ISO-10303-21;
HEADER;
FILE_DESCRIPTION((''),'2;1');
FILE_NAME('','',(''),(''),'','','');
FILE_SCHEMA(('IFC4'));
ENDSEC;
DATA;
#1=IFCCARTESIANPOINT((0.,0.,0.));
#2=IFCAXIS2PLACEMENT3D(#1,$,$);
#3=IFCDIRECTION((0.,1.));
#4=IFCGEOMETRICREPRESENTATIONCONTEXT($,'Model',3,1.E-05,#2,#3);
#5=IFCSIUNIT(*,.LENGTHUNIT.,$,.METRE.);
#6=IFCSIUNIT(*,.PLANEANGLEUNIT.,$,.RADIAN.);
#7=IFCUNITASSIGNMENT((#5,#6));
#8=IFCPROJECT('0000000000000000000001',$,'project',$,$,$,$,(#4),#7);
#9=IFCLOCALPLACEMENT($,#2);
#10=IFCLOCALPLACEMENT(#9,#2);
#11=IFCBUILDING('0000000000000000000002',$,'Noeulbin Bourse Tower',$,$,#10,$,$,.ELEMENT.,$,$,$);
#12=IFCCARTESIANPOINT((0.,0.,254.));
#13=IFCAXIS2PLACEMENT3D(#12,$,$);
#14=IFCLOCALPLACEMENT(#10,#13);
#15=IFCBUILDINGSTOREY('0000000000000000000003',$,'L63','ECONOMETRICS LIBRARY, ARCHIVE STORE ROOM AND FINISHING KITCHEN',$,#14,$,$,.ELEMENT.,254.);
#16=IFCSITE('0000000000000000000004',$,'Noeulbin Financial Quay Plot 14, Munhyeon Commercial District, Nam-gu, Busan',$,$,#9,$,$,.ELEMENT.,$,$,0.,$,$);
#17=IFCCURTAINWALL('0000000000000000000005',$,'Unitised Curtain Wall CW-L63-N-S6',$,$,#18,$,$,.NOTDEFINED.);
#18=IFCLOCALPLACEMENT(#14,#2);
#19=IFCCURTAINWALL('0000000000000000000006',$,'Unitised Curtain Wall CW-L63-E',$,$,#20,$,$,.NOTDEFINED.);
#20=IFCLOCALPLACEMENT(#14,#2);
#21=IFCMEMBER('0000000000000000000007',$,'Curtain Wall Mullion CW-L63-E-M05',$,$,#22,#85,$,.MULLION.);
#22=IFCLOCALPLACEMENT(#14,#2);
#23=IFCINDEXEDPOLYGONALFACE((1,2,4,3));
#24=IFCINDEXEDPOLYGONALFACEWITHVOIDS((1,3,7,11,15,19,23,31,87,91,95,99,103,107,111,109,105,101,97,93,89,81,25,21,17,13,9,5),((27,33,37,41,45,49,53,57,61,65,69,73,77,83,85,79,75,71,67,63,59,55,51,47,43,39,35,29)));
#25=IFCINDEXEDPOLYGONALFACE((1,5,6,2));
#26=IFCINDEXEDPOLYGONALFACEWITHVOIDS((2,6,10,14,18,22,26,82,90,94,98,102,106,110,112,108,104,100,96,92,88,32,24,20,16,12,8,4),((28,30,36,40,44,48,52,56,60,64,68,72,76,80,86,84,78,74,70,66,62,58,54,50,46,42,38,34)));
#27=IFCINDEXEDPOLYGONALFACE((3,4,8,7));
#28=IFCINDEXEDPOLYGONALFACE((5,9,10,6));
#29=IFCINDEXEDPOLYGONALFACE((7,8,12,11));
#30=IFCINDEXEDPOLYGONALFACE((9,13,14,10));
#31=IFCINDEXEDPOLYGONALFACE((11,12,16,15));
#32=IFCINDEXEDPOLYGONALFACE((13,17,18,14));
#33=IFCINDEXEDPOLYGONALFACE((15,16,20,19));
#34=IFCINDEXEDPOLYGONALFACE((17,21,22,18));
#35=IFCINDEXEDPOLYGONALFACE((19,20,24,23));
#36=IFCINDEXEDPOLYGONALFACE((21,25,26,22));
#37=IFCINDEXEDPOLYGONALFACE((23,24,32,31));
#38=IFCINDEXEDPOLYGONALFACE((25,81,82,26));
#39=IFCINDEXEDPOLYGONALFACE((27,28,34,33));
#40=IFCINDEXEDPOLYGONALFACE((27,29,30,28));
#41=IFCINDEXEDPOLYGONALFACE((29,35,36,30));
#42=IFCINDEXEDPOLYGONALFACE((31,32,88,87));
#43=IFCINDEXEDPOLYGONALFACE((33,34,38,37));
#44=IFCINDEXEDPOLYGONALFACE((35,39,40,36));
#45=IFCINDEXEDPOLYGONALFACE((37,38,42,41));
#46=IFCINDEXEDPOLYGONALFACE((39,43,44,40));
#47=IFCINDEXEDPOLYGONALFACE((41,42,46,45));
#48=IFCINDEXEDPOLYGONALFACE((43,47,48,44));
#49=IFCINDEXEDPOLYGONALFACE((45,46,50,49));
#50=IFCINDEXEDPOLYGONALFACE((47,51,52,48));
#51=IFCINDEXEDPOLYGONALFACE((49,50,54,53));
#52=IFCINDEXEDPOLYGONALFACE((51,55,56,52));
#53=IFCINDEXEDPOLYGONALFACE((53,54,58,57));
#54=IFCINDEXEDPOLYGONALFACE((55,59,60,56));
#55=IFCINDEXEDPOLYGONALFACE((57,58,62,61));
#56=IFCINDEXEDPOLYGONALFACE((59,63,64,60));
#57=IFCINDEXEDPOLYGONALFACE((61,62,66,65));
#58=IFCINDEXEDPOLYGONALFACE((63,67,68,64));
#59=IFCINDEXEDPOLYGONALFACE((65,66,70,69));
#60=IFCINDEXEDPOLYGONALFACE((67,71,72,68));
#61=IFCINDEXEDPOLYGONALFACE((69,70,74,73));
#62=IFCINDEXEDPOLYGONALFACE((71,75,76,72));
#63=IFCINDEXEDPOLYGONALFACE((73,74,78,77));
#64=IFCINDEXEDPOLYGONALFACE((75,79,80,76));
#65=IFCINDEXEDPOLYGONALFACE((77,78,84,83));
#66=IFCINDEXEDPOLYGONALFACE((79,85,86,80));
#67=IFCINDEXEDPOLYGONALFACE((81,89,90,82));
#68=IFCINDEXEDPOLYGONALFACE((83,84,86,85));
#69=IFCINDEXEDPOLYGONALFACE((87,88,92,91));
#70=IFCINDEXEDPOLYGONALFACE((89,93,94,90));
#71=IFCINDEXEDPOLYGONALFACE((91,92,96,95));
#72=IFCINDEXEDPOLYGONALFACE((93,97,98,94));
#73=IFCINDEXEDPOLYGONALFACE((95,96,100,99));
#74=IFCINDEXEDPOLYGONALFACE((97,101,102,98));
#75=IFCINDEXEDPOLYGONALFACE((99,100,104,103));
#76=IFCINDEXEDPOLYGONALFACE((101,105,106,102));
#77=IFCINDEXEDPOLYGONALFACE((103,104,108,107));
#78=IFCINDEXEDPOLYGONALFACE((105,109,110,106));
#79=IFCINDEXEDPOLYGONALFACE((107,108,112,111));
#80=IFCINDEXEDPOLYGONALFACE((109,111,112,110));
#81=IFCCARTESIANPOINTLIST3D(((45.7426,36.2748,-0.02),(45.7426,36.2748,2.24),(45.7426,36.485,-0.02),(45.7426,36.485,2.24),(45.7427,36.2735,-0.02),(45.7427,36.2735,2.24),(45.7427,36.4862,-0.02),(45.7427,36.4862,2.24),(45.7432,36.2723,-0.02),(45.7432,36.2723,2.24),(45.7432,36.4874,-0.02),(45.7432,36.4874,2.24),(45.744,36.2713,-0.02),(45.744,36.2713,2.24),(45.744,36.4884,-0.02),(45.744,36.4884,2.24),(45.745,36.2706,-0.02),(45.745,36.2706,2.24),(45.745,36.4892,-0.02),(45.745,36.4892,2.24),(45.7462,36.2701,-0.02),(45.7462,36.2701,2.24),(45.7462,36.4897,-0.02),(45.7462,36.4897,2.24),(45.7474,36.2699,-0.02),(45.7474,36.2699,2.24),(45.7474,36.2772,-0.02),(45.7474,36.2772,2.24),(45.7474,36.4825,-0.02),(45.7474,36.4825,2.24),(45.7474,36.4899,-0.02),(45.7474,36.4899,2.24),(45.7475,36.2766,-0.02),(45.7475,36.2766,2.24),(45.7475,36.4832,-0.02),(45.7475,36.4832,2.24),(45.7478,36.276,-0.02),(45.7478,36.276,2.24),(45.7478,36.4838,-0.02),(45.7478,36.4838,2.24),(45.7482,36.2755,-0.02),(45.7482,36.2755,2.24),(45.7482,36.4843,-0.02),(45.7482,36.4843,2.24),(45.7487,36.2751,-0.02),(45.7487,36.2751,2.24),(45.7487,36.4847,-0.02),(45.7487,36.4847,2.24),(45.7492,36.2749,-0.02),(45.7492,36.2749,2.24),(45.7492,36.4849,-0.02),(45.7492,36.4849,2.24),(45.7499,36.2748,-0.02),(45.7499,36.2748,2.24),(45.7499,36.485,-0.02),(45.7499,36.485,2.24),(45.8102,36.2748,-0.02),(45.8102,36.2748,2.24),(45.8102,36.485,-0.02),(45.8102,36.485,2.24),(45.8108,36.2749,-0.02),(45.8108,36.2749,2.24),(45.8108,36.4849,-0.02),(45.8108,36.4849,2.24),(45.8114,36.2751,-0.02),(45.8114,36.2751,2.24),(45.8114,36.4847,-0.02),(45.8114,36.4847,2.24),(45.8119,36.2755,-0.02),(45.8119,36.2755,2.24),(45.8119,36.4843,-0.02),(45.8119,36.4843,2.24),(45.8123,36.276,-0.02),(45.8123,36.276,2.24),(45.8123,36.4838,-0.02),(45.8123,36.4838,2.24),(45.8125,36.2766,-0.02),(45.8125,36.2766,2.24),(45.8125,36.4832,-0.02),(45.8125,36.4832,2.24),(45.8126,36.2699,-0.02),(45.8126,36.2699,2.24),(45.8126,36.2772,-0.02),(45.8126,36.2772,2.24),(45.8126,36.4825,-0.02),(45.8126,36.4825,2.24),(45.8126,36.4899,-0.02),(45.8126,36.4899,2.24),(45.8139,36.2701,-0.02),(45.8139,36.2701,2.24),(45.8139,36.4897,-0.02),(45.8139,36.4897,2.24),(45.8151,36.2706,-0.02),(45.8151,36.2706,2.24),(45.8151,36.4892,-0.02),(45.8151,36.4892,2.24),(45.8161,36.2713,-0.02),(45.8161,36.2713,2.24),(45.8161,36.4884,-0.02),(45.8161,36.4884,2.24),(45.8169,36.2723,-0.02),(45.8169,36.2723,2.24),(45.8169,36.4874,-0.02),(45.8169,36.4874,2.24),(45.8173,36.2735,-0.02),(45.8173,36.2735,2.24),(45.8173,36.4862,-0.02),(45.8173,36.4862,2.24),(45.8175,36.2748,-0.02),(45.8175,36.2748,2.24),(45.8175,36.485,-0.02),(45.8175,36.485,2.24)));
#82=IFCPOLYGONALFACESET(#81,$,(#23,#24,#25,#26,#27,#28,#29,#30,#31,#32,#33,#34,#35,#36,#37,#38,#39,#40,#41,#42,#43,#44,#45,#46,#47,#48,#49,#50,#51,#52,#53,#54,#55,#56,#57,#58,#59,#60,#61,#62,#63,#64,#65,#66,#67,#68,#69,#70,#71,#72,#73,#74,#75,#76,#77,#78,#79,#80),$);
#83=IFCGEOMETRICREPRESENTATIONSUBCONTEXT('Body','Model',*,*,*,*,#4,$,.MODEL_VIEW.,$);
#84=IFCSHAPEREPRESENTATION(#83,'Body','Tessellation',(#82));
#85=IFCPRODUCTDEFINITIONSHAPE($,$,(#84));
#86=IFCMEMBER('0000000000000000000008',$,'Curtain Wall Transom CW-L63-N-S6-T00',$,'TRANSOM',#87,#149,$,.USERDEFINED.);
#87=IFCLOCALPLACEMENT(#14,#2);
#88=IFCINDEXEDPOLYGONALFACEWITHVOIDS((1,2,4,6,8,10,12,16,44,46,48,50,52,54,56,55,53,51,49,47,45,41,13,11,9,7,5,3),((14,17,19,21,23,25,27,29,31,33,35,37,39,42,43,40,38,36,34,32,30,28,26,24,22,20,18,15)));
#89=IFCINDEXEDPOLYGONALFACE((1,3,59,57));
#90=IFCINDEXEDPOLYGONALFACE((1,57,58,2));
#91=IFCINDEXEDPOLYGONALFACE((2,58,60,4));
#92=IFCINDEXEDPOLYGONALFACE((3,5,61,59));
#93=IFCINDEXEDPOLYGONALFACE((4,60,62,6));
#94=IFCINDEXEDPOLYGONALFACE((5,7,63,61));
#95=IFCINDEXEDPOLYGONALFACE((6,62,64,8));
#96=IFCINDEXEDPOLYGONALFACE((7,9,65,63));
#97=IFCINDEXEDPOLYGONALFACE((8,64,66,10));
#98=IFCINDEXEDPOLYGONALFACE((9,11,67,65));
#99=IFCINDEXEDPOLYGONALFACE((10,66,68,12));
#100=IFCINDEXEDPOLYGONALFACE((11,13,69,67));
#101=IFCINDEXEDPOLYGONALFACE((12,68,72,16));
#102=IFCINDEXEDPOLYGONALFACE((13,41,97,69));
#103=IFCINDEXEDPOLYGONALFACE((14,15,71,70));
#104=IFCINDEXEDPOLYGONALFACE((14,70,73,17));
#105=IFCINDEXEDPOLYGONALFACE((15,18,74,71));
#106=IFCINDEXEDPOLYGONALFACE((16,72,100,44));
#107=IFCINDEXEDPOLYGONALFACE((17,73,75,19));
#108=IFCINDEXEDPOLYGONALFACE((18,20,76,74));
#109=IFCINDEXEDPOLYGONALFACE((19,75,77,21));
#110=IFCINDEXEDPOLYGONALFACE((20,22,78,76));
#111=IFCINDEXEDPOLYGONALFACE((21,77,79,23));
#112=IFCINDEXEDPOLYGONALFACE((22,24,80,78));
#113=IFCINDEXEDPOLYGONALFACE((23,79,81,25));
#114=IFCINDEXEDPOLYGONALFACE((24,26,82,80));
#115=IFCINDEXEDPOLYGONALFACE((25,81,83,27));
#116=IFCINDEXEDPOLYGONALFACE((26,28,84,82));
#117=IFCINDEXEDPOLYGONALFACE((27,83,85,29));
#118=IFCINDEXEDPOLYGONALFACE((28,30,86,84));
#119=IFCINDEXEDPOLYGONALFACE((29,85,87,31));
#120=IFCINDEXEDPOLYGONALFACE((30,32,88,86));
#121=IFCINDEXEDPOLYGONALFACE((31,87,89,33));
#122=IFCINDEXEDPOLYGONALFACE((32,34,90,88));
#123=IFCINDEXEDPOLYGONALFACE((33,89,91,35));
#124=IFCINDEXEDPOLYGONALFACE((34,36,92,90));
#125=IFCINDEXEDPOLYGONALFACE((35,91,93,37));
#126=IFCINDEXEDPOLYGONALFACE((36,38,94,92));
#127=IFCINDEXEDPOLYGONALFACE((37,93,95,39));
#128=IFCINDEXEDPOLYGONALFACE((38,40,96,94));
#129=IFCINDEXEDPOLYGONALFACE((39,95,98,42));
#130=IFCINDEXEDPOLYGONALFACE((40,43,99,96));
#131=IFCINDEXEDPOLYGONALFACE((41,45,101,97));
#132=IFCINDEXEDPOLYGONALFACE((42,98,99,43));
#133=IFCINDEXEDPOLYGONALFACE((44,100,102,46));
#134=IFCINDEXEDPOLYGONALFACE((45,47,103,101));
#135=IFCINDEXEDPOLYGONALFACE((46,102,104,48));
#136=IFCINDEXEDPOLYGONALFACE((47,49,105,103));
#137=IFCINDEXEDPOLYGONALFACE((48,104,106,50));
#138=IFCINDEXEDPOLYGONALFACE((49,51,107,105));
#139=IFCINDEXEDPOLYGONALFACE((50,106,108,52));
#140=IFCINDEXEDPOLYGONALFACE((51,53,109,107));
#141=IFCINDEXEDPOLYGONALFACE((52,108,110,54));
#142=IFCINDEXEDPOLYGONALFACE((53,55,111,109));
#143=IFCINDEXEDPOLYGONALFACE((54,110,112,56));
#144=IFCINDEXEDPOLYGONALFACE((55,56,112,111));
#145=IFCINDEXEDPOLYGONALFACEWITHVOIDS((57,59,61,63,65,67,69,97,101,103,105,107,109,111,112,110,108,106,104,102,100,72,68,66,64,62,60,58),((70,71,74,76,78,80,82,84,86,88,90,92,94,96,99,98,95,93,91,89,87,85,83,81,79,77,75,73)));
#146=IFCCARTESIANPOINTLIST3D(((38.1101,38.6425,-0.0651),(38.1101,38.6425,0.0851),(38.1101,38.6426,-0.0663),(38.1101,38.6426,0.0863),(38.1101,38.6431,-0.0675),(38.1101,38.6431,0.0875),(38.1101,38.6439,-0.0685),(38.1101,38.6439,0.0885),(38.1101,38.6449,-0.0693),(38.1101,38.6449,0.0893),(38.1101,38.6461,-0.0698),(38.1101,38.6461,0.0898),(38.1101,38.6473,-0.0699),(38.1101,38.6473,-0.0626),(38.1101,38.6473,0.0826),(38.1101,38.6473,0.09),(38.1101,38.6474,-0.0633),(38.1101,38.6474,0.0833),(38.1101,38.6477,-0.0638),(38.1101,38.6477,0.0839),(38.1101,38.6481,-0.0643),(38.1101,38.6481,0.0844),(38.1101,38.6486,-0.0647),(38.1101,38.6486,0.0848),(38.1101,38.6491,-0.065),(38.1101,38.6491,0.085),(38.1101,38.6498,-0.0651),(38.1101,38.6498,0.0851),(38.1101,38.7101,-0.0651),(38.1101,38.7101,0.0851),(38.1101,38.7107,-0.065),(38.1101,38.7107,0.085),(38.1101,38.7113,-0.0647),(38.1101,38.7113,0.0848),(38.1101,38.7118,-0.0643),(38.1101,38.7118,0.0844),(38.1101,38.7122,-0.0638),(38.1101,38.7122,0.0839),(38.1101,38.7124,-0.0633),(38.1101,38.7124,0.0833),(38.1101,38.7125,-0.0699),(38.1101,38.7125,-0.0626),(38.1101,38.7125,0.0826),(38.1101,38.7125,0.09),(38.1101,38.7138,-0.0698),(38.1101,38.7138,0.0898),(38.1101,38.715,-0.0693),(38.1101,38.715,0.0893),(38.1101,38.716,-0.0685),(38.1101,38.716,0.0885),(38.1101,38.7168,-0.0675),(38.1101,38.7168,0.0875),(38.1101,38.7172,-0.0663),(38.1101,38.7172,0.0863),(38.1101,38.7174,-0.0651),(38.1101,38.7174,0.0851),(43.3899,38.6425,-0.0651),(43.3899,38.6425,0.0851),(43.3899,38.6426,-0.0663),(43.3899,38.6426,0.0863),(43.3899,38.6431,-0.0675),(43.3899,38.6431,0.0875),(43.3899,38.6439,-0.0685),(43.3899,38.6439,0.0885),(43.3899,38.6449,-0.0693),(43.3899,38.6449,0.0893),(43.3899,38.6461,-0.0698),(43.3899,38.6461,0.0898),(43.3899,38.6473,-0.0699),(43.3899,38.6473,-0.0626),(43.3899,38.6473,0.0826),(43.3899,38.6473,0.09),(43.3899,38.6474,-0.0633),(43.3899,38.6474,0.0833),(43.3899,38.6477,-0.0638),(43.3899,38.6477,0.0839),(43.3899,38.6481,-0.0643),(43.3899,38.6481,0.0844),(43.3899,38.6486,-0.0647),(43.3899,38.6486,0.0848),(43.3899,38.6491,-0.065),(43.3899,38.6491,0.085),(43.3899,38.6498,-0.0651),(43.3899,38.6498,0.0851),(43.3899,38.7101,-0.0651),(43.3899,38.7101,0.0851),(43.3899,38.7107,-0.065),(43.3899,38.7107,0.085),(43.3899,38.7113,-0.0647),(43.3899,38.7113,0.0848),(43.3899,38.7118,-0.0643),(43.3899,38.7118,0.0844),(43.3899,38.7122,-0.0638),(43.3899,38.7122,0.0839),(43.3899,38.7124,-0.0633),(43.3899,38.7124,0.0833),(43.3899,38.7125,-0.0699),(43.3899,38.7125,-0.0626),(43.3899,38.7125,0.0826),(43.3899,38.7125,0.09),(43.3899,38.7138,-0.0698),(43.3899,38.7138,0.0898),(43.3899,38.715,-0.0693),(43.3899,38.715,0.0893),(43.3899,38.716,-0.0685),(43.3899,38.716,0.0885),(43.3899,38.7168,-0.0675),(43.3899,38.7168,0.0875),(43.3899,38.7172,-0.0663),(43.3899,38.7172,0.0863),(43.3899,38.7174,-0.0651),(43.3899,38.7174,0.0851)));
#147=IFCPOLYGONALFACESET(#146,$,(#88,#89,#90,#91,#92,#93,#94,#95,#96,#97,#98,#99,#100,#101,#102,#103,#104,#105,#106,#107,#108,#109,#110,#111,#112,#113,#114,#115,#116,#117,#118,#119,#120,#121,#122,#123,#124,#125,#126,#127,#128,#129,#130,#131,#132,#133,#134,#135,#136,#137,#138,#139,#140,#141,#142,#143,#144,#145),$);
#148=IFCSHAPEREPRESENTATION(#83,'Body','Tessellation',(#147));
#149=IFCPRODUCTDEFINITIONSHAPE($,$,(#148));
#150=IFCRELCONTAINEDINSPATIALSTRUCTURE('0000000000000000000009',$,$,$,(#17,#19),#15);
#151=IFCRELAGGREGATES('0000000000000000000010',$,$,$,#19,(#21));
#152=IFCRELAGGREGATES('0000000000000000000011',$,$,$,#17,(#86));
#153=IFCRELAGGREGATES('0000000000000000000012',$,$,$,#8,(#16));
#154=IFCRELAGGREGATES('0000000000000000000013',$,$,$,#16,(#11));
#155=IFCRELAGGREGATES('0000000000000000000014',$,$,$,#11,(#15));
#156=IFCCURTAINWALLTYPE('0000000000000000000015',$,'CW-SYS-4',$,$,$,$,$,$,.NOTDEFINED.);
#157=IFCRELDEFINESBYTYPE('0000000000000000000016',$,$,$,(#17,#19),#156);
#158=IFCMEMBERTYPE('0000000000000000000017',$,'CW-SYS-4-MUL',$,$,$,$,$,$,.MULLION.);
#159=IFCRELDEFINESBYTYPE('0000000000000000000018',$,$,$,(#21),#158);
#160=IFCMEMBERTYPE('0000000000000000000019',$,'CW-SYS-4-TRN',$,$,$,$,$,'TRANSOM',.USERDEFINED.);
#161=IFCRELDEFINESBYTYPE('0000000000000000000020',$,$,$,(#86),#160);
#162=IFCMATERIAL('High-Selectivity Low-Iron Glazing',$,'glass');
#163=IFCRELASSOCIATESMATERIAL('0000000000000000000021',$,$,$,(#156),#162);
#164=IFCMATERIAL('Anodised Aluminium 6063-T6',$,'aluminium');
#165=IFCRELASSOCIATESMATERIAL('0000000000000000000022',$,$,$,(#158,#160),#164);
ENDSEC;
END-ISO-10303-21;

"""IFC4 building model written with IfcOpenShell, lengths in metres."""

from ifc_helpers import new_model, si_unit, direction, frame, origin, origin_2d, place, context, subcontext, project, spatial, hollow_rectangle, extrude, material, material_profile, profile_set, type_object, element, aggregate, save


model = new_model("IFC4")

# Units and contexts
model_context = context("Model", 3, precision=1e-05, world=origin(), true_north=direction((0.0, 1.0)))
body_context = subcontext(model_context, "Body", "Model", "MODEL_VIEW")
ifc_project = project(units=[si_unit("LENGTHUNIT", "METRE"), si_unit("PLANEANGLEUNIT", "RADIAN")], contexts=[model_context])

# Site, building, storey
site_placement = place(None, origin())
site = spatial("IfcSite", under=ifc_project, at=site_placement, Name="Noeulbin Financial Quay Plot 14, Munhyeon Commercial District, Nam-gu, Busan", CompositionType="ELEMENT", RefElevation=0.0)
building_placement = place(site_placement, origin())
building = spatial("IfcBuilding", under=site, at=building_placement, Name="Noeulbin Bourse Tower", CompositionType="ELEMENT")
storey_placement = place(building_placement, frame((0.0, 0.0, 254.0)))
storey = spatial("IfcBuildingStorey", under=building, at=storey_placement, Name="L63", Description="ECONOMETRICS LIBRARY, ARCHIVE STORE ROOM AND FINISHING KITCHEN", CompositionType="ELEMENT", Elevation=254.0)

# Curtain wall
ifc_material_1 = material(Name="High-Selectivity Low-Iron Glazing", Category="glass")
curtain_wall_type = type_object("IfcCurtainWallType", Name="CW-SYS-4", PredefinedType="NOTDEFINED", material=ifc_material_1)
curtain_wall_1_placement = place(storey_placement, origin())
curtain_wall_1 = element("IfcCurtainWall", 1, at=curtain_wall_1_placement, inside=storey, type_object=curtain_wall_type, Name="Unitised Curtain Wall CW-L63-N-S6", PredefinedType="NOTDEFINED")
ifc_material_2 = material(Name="Anodised Aluminium 6063-T6", Category="aluminium")
ifc_material_profile_1 = material_profile(ifc_material_2, hollow_rectangle(XDim=0.075, YDim=0.22, WallThickness=0.0049, InnerFilletRadius=0.0024, OuterFilletRadius=0.0049, at=origin_2d()), Name="ALU-MULL-75x220x5", Category="LoadBearing")
ifc_profile_set_1 = profile_set([ifc_material_profile_1], Name="Anodised Aluminium 6063-T6")
member_type_1 = type_object("IfcMemberType", Name="CW-SYS-4-MUL", PredefinedType="MULLION", material=ifc_profile_set_1)

# Curtain wall, member
curtain_wall_2_placement = place(storey_placement, origin())
curtain_wall_2 = element("IfcCurtainWall", 2, at=curtain_wall_2_placement, inside=storey, type_object=curtain_wall_type, Name="Unitised Curtain Wall CW-L63-E", PredefinedType="NOTDEFINED")
member_1_placement = place(storey_placement, frame((45.78, 36.3799, -0.02), z_axis=(0.0, 0.0, 1.0), x_axis=(1.0, 0.0, 0.0)))
member_1 = element("IfcMember", 3, at=member_1_placement, type_object=member_type_1, Name="Curtain Wall Mullion CW-L63-E-M05", PredefinedType="MULLION", context=body_context, shape_type="SweptSolid", body=[
    extrude(hollow_rectangle(XDim=0.075, YDim=0.22, WallThickness=0.0049, InnerFilletRadius=0.0024, OuterFilletRadius=0.0049, at=origin_2d()), origin(), (0.0, 0.0, 1.0), 2.26),
])
aggregate(curtain_wall_2, [member_1])

# Member
ifc_material_profile_2 = material_profile(ifc_material_2, hollow_rectangle(XDim=0.075, YDim=0.1599, WallThickness=0.0049, InnerFilletRadius=0.0024, OuterFilletRadius=0.0049, at=origin_2d()), Name="ALU-TRAN-75x160x5", Category="LoadBearing")
ifc_profile_set_2 = profile_set([ifc_material_profile_2], Name="Anodised Aluminium 6063-T6")
member_type_2 = type_object("IfcMemberType", Name="CW-SYS-4-TRN", ElementType="TRANSOM", PredefinedType="USERDEFINED", material=ifc_profile_set_2)
member_2_placement = place(storey_placement, frame((38.1101, 38.6799, 0.01), z_axis=(1.0, 0.0, 0.0), x_axis=(0.0, 1.0, 0.0)))
member_2 = element("IfcMember", 4, at=member_2_placement, type_object=member_type_2, Name="Curtain Wall Transom CW-L63-N-S6-T00", ObjectType="TRANSOM", PredefinedType="USERDEFINED", context=body_context, shape_type="SweptSolid", body=[
    extrude(hollow_rectangle(XDim=0.075, YDim=0.1599, WallThickness=0.0049, InnerFilletRadius=0.0024, OuterFilletRadius=0.0049, at=origin_2d()), origin(), (0.0, 0.0, 1.0), 5.2798),
])

aggregate(curtain_wall_1, [member_2])

save(model, "model.ifc")
